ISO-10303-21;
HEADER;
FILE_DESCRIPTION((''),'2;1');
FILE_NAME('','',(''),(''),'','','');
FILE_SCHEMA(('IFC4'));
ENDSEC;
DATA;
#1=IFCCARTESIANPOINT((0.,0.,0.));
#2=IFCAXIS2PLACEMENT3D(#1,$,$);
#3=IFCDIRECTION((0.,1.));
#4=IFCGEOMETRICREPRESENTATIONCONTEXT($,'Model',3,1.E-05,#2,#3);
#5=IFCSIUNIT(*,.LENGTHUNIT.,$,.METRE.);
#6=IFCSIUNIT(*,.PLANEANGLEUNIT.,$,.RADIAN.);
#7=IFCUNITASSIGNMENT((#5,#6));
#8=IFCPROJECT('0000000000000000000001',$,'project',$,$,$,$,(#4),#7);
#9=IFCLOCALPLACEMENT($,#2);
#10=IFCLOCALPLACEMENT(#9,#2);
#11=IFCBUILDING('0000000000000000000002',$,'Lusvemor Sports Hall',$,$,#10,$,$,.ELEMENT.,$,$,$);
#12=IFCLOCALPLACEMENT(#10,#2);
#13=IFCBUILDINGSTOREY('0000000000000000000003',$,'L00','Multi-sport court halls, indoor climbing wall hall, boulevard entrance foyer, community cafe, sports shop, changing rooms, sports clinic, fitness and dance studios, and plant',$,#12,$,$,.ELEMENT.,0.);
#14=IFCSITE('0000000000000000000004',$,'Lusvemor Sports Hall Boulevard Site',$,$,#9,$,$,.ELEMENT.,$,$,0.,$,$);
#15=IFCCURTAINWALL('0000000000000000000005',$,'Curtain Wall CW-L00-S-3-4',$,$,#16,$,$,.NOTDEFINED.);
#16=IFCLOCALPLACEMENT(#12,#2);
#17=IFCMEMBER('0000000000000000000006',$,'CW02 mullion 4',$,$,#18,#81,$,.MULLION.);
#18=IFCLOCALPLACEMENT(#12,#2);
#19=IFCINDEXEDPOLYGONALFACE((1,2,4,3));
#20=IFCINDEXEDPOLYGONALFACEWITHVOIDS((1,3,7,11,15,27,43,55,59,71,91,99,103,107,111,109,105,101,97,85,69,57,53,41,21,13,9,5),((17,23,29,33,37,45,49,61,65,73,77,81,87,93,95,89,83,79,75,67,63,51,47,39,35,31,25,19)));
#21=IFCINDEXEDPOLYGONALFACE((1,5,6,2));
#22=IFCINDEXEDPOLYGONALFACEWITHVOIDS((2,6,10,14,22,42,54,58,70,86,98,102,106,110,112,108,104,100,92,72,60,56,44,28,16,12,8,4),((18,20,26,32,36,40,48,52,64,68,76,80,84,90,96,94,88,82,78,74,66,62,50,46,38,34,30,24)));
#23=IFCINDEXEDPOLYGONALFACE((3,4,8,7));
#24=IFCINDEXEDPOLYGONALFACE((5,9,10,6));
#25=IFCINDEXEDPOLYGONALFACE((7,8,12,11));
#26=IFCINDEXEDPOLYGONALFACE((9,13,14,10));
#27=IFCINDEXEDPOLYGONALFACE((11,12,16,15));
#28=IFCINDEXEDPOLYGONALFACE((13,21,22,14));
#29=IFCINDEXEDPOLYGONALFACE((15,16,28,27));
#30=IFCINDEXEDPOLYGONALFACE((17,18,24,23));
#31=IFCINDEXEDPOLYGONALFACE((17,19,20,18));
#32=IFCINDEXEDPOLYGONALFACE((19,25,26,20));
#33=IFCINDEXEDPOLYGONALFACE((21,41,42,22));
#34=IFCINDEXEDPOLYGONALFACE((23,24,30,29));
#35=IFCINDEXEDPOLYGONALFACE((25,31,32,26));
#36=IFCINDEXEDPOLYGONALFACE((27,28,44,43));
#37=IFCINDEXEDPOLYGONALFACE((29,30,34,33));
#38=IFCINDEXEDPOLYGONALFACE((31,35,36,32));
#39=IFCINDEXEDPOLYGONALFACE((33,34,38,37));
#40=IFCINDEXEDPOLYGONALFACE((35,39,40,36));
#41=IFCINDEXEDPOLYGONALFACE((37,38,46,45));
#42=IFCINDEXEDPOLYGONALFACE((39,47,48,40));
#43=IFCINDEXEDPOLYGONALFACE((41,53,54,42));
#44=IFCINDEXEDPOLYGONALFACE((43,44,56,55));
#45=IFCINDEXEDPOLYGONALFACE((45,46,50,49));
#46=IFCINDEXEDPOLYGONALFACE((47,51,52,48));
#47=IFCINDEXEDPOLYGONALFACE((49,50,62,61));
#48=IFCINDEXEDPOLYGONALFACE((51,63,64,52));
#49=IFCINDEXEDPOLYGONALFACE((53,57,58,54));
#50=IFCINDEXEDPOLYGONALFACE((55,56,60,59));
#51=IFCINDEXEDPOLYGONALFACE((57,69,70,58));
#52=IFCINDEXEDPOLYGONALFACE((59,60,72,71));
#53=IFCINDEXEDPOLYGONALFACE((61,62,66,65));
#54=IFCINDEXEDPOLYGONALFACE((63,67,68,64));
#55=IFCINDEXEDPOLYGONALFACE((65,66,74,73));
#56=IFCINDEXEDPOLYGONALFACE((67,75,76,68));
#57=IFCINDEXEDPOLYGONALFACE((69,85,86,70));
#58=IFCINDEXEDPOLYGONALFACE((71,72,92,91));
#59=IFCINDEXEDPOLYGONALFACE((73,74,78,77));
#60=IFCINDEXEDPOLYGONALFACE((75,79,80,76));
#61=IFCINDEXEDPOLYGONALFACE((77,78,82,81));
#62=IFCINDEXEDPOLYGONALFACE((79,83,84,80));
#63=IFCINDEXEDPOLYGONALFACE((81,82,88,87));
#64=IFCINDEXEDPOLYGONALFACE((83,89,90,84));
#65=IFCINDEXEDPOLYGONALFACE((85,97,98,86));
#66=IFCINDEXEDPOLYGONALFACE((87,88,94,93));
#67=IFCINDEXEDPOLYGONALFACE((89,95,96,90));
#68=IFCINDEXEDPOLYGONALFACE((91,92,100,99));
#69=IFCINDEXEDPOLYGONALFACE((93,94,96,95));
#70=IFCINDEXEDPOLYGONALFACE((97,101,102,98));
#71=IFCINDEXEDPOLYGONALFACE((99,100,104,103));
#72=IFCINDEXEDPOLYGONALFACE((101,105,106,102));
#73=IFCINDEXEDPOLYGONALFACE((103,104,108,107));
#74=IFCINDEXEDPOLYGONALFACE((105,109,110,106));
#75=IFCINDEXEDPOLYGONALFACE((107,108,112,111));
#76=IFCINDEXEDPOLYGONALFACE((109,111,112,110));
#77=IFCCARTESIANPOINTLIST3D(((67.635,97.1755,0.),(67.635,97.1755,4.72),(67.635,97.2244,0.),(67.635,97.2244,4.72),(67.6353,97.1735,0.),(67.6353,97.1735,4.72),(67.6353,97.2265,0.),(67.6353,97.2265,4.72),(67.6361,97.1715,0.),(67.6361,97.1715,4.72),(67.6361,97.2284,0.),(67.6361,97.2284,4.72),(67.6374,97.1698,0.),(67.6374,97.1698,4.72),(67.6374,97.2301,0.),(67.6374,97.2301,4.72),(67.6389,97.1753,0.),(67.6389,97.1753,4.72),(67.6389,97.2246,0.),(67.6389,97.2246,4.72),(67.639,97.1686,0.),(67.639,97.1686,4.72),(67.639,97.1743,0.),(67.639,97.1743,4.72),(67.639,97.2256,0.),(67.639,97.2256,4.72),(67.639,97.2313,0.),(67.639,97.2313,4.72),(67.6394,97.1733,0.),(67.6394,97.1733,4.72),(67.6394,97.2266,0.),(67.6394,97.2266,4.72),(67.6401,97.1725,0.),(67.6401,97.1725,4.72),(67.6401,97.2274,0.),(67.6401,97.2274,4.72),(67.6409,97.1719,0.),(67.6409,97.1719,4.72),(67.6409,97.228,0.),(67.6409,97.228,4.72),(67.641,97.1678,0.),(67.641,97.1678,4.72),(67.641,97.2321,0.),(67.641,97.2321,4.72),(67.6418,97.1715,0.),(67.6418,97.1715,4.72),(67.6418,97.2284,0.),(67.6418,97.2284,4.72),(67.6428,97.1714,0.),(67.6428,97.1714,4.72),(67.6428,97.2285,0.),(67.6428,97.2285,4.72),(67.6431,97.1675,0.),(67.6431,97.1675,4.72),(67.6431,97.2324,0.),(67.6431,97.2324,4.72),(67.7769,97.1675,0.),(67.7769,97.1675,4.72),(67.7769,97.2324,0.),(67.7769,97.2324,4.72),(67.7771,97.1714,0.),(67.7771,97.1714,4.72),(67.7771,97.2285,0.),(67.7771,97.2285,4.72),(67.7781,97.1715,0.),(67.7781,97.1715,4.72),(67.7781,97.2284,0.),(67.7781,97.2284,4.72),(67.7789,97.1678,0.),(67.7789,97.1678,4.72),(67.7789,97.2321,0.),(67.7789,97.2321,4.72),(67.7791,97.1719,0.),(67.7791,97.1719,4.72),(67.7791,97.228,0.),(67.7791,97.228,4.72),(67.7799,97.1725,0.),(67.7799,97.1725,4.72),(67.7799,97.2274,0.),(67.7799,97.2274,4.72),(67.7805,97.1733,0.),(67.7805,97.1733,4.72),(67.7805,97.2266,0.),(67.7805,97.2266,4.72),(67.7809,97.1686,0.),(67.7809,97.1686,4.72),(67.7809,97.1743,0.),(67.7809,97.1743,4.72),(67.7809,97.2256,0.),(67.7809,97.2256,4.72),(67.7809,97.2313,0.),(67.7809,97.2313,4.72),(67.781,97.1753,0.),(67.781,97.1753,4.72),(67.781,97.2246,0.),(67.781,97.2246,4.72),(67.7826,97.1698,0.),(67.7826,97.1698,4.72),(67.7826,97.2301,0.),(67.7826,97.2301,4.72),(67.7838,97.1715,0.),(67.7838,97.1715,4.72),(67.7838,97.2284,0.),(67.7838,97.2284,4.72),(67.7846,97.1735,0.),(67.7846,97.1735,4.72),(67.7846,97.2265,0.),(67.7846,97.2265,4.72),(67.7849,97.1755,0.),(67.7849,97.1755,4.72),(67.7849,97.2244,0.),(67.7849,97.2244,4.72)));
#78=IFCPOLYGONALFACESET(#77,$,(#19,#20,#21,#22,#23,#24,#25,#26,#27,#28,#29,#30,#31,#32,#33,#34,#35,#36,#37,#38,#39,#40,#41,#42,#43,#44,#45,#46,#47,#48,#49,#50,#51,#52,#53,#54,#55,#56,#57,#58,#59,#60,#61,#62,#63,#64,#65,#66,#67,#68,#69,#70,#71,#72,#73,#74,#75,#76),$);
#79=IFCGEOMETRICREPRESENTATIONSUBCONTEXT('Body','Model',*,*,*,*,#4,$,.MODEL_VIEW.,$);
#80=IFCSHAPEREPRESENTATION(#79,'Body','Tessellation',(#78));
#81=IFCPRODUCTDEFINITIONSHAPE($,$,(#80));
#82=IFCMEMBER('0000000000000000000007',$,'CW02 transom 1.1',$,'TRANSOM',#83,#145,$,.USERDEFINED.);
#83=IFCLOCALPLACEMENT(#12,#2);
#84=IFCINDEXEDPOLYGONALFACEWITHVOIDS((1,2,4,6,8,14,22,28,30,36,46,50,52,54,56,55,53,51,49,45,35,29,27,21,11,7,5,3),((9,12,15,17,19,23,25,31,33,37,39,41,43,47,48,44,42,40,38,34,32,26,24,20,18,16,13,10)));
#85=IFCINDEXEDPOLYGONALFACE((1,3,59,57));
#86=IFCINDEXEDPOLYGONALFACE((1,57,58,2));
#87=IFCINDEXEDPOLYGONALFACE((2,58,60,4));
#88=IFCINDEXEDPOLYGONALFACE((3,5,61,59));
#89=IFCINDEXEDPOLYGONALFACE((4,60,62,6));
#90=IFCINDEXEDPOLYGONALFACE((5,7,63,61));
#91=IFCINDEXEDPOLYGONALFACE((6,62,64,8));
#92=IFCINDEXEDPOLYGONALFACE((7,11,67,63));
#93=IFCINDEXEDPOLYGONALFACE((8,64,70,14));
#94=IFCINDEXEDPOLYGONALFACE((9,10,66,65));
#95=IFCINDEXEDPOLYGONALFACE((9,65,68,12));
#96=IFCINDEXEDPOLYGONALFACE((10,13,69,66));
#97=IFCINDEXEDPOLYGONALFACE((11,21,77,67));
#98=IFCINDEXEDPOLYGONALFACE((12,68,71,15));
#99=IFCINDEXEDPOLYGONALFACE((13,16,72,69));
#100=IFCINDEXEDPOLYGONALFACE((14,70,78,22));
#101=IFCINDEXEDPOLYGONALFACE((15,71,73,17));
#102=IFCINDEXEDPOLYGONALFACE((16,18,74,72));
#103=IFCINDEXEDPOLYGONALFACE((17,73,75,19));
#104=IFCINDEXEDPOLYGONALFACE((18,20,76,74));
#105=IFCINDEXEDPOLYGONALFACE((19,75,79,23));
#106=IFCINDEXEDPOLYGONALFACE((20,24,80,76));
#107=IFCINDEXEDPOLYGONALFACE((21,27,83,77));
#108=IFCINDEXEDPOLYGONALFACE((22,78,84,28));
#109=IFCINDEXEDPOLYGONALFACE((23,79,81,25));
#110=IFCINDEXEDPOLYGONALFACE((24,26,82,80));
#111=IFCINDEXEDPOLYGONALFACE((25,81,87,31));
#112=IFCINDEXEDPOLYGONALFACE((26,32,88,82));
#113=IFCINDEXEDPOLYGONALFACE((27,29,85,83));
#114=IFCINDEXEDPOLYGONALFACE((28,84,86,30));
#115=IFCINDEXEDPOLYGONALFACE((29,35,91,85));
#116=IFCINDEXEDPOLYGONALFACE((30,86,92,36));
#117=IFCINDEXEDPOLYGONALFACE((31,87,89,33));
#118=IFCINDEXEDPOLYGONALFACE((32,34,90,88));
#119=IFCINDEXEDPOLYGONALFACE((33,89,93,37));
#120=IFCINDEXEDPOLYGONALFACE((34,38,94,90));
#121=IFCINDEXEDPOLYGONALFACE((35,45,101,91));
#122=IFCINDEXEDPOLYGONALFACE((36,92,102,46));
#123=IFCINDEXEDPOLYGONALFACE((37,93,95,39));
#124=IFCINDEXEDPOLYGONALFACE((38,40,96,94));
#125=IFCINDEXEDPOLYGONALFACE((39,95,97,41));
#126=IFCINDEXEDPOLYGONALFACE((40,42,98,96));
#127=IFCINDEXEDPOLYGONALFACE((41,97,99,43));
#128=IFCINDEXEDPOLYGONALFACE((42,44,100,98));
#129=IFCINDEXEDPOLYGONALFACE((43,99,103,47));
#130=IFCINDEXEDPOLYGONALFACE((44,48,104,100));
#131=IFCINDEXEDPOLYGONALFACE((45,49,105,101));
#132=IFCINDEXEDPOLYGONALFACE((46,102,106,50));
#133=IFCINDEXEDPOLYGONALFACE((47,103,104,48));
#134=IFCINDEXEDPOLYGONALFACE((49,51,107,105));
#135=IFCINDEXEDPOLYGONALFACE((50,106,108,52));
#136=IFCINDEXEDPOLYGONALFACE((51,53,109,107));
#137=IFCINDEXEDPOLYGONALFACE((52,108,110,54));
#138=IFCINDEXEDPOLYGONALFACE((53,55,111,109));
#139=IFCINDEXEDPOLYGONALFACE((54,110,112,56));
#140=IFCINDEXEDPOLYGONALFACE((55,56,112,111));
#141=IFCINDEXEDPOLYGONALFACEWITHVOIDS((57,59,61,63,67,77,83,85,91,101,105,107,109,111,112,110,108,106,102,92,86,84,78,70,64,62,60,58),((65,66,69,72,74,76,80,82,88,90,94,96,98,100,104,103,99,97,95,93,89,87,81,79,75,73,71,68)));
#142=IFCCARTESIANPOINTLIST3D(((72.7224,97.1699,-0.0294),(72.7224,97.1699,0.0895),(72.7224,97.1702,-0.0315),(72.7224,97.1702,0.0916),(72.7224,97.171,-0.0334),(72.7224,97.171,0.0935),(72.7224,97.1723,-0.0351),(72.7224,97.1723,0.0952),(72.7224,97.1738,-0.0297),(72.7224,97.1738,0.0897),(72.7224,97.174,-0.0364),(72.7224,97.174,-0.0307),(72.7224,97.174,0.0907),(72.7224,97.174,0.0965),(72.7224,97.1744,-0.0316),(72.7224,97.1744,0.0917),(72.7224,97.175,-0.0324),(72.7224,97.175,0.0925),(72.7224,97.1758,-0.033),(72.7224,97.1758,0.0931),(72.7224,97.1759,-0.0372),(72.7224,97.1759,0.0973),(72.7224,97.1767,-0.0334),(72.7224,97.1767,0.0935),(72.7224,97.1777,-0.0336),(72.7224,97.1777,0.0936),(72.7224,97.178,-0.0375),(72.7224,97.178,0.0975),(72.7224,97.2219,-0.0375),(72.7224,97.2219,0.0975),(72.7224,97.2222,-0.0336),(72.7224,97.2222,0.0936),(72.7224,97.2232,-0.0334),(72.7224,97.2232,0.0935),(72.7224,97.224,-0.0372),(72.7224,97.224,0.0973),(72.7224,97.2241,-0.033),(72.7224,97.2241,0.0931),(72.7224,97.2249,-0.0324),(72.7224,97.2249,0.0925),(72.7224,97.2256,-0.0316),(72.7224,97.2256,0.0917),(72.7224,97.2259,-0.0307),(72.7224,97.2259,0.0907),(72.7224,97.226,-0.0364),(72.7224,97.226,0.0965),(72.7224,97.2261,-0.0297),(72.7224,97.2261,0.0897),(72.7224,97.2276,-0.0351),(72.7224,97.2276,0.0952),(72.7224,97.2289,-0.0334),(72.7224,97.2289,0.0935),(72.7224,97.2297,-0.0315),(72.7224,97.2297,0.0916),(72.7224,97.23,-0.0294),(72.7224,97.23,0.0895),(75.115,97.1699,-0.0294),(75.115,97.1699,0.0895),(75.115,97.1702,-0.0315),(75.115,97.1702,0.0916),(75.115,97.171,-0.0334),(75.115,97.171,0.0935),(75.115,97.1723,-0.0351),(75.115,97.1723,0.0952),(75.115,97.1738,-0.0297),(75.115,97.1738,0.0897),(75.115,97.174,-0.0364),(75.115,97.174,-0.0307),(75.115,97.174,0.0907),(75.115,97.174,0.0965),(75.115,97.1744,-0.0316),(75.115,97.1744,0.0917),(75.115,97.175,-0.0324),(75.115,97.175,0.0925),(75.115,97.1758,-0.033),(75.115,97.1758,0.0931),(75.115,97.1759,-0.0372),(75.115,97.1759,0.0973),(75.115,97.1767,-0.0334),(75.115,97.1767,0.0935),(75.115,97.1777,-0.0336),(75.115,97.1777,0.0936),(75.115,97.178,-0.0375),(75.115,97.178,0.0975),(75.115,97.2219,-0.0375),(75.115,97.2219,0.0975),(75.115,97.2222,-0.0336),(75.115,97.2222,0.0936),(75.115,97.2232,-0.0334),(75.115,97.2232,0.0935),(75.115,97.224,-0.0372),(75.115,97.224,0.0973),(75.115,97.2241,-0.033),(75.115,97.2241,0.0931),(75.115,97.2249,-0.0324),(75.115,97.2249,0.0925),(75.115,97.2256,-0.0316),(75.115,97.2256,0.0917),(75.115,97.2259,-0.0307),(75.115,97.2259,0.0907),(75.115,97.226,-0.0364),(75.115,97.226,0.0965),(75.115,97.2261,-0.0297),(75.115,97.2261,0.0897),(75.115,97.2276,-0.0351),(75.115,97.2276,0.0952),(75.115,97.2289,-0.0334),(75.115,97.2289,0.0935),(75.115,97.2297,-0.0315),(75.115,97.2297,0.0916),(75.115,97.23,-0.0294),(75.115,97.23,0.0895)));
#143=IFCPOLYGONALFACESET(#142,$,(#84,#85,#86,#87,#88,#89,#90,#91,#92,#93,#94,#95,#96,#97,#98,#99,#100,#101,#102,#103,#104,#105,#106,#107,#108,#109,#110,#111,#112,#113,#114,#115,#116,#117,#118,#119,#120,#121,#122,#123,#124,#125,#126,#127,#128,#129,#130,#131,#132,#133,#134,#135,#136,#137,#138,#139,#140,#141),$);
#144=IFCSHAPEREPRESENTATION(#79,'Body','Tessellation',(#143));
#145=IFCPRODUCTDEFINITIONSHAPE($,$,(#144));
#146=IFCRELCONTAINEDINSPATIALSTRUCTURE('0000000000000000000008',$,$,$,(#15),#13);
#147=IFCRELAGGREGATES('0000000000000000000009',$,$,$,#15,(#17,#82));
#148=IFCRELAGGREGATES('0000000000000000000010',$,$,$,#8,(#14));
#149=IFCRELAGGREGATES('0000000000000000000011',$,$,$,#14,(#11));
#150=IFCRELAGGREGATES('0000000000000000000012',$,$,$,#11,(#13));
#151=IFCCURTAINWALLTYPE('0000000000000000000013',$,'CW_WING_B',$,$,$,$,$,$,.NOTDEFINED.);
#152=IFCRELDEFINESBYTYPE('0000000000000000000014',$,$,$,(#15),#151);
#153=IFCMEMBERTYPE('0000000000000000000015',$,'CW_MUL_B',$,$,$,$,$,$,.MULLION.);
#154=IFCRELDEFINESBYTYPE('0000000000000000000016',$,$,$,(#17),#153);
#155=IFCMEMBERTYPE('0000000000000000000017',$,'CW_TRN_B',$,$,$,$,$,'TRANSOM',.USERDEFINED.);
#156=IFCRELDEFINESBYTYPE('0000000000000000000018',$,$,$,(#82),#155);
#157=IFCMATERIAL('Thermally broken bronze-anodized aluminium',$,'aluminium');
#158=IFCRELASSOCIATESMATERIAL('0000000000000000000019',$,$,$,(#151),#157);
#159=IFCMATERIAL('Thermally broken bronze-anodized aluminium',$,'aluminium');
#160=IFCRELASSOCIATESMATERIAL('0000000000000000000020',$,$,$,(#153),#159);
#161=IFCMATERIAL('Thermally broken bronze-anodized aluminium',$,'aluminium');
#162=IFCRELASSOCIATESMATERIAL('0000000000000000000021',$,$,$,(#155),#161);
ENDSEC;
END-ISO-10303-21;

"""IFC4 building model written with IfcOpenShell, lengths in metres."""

from ifc_helpers import new_model, si_unit, direction, frame, origin, origin_2d, place, context, subcontext, project, spatial, hollow_rectangle, extrude, material, material_profile, profile_set, type_object, element, aggregate, save


model = new_model("IFC4")

# Units and contexts
model_context = context("Model", 3, precision=1e-05, world=origin(), true_north=direction((0.0, 1.0)))
body_context = subcontext(model_context, "Body", "Model", "MODEL_VIEW")
ifc_project = project(units=[si_unit("LENGTHUNIT", "METRE"), si_unit("PLANEANGLEUNIT", "RADIAN")], contexts=[model_context])

# Site, building, storey
site_placement = place(None, origin())
site = spatial("IfcSite", under=ifc_project, at=site_placement, Name="Lusvemor Sports Hall Boulevard Site", CompositionType="ELEMENT", RefElevation=0.0)
building_placement = place(site_placement, origin())
building = spatial("IfcBuilding", under=site, at=building_placement, Name="Lusvemor Sports Hall", CompositionType="ELEMENT")
storey_placement = place(building_placement, origin())
storey = spatial("IfcBuildingStorey", under=building, at=storey_placement, Name="L00", Description="Multi-sport court halls, indoor climbing wall hall, boulevard entrance foyer, community cafe, sports shop, changing rooms, sports clinic, fitness and dance studios, and plant", CompositionType="ELEMENT", Elevation=0.0)

# Curtain wall, members
ifc_material_1 = material(Name="Thermally broken bronze-anodized aluminium", Category="aluminium")
curtain_wall_type = type_object("IfcCurtainWallType", Name="CW_WING_B", PredefinedType="NOTDEFINED", material=ifc_material_1)
curtain_wall_placement = place(storey_placement, origin())
curtain_wall = element("IfcCurtainWall", 1, at=curtain_wall_placement, inside=storey, type_object=curtain_wall_type, Name="Curtain Wall CW-L00-S-3-4", PredefinedType="NOTDEFINED")
ifc_material_2 = material(Name="Thermally broken bronze-anodized aluminium", Category="aluminium")
ifc_material_profile_1 = material_profile(ifc_material_2, hollow_rectangle(XDim=0.0649, YDim=0.1499, WallThickness=0.0039, InnerFilletRadius=0.0039, OuterFilletRadius=0.0081, at=origin_2d()), Name="CWMUL150x65x4")
ifc_profile_set_1 = profile_set([ifc_material_profile_1], Name="Thermally broken bronze-anodized aluminium")
member_type_1 = type_object("IfcMemberType", Name="CW_MUL_B", PredefinedType="MULLION", material=ifc_profile_set_1)
member_1_placement = place(storey_placement, frame((67.71, 97.2, 0.0), z_axis=(0.0, 0.0, 1.0), x_axis=(0.0, -1.0, 0.0)))
member_1 = element("IfcMember", 2, at=member_1_placement, type_object=member_type_1, Name="CW02 mullion 4", PredefinedType="MULLION", context=body_context, shape_type="SweptSolid", body=[
    extrude(hollow_rectangle(XDim=0.0649, YDim=0.1499, WallThickness=0.0039, InnerFilletRadius=0.0039, OuterFilletRadius=0.0081, at=origin_2d()), origin(), (0.0, 0.0, 1.0), 4.72),
])
ifc_material_3 = material(Name="Thermally broken bronze-anodized aluminium", Category="aluminium")
ifc_material_profile_2 = material_profile(ifc_material_3, hollow_rectangle(XDim=0.0601, YDim=0.135, WallThickness=0.0039, InnerFilletRadius=0.0039, OuterFilletRadius=0.0081, at=origin_2d()), Name="CWTRN135x60x4")
ifc_profile_set_2 = profile_set([ifc_material_profile_2], Name="Thermally broken bronze-anodized aluminium")
member_type_2 = type_object("IfcMemberType", Name="CW_TRN_B", ElementType="TRANSOM", PredefinedType="USERDEFINED", material=ifc_profile_set_2)
member_2_placement = place(storey_placement, frame((75.115, 97.2, 0.03), z_axis=(-1.0, 0.0, 0.0), x_axis=(0.0, -1.0, 0.0)))
member_2 = element("IfcMember", 3, at=member_2_placement, type_object=member_type_2, Name="CW02 transom 1.1", ObjectType="TRANSOM", PredefinedType="USERDEFINED", context=body_context, shape_type="SweptSolid", body=[
    extrude(hollow_rectangle(XDim=0.0601, YDim=0.135, WallThickness=0.0039, InnerFilletRadius=0.0039, OuterFilletRadius=0.0081, at=origin_2d()), origin(), (0.0, 0.0, 1.0), 2.3926),
])
aggregate(curtain_wall, [member_1, member_2])

save(model, "model.ifc")
